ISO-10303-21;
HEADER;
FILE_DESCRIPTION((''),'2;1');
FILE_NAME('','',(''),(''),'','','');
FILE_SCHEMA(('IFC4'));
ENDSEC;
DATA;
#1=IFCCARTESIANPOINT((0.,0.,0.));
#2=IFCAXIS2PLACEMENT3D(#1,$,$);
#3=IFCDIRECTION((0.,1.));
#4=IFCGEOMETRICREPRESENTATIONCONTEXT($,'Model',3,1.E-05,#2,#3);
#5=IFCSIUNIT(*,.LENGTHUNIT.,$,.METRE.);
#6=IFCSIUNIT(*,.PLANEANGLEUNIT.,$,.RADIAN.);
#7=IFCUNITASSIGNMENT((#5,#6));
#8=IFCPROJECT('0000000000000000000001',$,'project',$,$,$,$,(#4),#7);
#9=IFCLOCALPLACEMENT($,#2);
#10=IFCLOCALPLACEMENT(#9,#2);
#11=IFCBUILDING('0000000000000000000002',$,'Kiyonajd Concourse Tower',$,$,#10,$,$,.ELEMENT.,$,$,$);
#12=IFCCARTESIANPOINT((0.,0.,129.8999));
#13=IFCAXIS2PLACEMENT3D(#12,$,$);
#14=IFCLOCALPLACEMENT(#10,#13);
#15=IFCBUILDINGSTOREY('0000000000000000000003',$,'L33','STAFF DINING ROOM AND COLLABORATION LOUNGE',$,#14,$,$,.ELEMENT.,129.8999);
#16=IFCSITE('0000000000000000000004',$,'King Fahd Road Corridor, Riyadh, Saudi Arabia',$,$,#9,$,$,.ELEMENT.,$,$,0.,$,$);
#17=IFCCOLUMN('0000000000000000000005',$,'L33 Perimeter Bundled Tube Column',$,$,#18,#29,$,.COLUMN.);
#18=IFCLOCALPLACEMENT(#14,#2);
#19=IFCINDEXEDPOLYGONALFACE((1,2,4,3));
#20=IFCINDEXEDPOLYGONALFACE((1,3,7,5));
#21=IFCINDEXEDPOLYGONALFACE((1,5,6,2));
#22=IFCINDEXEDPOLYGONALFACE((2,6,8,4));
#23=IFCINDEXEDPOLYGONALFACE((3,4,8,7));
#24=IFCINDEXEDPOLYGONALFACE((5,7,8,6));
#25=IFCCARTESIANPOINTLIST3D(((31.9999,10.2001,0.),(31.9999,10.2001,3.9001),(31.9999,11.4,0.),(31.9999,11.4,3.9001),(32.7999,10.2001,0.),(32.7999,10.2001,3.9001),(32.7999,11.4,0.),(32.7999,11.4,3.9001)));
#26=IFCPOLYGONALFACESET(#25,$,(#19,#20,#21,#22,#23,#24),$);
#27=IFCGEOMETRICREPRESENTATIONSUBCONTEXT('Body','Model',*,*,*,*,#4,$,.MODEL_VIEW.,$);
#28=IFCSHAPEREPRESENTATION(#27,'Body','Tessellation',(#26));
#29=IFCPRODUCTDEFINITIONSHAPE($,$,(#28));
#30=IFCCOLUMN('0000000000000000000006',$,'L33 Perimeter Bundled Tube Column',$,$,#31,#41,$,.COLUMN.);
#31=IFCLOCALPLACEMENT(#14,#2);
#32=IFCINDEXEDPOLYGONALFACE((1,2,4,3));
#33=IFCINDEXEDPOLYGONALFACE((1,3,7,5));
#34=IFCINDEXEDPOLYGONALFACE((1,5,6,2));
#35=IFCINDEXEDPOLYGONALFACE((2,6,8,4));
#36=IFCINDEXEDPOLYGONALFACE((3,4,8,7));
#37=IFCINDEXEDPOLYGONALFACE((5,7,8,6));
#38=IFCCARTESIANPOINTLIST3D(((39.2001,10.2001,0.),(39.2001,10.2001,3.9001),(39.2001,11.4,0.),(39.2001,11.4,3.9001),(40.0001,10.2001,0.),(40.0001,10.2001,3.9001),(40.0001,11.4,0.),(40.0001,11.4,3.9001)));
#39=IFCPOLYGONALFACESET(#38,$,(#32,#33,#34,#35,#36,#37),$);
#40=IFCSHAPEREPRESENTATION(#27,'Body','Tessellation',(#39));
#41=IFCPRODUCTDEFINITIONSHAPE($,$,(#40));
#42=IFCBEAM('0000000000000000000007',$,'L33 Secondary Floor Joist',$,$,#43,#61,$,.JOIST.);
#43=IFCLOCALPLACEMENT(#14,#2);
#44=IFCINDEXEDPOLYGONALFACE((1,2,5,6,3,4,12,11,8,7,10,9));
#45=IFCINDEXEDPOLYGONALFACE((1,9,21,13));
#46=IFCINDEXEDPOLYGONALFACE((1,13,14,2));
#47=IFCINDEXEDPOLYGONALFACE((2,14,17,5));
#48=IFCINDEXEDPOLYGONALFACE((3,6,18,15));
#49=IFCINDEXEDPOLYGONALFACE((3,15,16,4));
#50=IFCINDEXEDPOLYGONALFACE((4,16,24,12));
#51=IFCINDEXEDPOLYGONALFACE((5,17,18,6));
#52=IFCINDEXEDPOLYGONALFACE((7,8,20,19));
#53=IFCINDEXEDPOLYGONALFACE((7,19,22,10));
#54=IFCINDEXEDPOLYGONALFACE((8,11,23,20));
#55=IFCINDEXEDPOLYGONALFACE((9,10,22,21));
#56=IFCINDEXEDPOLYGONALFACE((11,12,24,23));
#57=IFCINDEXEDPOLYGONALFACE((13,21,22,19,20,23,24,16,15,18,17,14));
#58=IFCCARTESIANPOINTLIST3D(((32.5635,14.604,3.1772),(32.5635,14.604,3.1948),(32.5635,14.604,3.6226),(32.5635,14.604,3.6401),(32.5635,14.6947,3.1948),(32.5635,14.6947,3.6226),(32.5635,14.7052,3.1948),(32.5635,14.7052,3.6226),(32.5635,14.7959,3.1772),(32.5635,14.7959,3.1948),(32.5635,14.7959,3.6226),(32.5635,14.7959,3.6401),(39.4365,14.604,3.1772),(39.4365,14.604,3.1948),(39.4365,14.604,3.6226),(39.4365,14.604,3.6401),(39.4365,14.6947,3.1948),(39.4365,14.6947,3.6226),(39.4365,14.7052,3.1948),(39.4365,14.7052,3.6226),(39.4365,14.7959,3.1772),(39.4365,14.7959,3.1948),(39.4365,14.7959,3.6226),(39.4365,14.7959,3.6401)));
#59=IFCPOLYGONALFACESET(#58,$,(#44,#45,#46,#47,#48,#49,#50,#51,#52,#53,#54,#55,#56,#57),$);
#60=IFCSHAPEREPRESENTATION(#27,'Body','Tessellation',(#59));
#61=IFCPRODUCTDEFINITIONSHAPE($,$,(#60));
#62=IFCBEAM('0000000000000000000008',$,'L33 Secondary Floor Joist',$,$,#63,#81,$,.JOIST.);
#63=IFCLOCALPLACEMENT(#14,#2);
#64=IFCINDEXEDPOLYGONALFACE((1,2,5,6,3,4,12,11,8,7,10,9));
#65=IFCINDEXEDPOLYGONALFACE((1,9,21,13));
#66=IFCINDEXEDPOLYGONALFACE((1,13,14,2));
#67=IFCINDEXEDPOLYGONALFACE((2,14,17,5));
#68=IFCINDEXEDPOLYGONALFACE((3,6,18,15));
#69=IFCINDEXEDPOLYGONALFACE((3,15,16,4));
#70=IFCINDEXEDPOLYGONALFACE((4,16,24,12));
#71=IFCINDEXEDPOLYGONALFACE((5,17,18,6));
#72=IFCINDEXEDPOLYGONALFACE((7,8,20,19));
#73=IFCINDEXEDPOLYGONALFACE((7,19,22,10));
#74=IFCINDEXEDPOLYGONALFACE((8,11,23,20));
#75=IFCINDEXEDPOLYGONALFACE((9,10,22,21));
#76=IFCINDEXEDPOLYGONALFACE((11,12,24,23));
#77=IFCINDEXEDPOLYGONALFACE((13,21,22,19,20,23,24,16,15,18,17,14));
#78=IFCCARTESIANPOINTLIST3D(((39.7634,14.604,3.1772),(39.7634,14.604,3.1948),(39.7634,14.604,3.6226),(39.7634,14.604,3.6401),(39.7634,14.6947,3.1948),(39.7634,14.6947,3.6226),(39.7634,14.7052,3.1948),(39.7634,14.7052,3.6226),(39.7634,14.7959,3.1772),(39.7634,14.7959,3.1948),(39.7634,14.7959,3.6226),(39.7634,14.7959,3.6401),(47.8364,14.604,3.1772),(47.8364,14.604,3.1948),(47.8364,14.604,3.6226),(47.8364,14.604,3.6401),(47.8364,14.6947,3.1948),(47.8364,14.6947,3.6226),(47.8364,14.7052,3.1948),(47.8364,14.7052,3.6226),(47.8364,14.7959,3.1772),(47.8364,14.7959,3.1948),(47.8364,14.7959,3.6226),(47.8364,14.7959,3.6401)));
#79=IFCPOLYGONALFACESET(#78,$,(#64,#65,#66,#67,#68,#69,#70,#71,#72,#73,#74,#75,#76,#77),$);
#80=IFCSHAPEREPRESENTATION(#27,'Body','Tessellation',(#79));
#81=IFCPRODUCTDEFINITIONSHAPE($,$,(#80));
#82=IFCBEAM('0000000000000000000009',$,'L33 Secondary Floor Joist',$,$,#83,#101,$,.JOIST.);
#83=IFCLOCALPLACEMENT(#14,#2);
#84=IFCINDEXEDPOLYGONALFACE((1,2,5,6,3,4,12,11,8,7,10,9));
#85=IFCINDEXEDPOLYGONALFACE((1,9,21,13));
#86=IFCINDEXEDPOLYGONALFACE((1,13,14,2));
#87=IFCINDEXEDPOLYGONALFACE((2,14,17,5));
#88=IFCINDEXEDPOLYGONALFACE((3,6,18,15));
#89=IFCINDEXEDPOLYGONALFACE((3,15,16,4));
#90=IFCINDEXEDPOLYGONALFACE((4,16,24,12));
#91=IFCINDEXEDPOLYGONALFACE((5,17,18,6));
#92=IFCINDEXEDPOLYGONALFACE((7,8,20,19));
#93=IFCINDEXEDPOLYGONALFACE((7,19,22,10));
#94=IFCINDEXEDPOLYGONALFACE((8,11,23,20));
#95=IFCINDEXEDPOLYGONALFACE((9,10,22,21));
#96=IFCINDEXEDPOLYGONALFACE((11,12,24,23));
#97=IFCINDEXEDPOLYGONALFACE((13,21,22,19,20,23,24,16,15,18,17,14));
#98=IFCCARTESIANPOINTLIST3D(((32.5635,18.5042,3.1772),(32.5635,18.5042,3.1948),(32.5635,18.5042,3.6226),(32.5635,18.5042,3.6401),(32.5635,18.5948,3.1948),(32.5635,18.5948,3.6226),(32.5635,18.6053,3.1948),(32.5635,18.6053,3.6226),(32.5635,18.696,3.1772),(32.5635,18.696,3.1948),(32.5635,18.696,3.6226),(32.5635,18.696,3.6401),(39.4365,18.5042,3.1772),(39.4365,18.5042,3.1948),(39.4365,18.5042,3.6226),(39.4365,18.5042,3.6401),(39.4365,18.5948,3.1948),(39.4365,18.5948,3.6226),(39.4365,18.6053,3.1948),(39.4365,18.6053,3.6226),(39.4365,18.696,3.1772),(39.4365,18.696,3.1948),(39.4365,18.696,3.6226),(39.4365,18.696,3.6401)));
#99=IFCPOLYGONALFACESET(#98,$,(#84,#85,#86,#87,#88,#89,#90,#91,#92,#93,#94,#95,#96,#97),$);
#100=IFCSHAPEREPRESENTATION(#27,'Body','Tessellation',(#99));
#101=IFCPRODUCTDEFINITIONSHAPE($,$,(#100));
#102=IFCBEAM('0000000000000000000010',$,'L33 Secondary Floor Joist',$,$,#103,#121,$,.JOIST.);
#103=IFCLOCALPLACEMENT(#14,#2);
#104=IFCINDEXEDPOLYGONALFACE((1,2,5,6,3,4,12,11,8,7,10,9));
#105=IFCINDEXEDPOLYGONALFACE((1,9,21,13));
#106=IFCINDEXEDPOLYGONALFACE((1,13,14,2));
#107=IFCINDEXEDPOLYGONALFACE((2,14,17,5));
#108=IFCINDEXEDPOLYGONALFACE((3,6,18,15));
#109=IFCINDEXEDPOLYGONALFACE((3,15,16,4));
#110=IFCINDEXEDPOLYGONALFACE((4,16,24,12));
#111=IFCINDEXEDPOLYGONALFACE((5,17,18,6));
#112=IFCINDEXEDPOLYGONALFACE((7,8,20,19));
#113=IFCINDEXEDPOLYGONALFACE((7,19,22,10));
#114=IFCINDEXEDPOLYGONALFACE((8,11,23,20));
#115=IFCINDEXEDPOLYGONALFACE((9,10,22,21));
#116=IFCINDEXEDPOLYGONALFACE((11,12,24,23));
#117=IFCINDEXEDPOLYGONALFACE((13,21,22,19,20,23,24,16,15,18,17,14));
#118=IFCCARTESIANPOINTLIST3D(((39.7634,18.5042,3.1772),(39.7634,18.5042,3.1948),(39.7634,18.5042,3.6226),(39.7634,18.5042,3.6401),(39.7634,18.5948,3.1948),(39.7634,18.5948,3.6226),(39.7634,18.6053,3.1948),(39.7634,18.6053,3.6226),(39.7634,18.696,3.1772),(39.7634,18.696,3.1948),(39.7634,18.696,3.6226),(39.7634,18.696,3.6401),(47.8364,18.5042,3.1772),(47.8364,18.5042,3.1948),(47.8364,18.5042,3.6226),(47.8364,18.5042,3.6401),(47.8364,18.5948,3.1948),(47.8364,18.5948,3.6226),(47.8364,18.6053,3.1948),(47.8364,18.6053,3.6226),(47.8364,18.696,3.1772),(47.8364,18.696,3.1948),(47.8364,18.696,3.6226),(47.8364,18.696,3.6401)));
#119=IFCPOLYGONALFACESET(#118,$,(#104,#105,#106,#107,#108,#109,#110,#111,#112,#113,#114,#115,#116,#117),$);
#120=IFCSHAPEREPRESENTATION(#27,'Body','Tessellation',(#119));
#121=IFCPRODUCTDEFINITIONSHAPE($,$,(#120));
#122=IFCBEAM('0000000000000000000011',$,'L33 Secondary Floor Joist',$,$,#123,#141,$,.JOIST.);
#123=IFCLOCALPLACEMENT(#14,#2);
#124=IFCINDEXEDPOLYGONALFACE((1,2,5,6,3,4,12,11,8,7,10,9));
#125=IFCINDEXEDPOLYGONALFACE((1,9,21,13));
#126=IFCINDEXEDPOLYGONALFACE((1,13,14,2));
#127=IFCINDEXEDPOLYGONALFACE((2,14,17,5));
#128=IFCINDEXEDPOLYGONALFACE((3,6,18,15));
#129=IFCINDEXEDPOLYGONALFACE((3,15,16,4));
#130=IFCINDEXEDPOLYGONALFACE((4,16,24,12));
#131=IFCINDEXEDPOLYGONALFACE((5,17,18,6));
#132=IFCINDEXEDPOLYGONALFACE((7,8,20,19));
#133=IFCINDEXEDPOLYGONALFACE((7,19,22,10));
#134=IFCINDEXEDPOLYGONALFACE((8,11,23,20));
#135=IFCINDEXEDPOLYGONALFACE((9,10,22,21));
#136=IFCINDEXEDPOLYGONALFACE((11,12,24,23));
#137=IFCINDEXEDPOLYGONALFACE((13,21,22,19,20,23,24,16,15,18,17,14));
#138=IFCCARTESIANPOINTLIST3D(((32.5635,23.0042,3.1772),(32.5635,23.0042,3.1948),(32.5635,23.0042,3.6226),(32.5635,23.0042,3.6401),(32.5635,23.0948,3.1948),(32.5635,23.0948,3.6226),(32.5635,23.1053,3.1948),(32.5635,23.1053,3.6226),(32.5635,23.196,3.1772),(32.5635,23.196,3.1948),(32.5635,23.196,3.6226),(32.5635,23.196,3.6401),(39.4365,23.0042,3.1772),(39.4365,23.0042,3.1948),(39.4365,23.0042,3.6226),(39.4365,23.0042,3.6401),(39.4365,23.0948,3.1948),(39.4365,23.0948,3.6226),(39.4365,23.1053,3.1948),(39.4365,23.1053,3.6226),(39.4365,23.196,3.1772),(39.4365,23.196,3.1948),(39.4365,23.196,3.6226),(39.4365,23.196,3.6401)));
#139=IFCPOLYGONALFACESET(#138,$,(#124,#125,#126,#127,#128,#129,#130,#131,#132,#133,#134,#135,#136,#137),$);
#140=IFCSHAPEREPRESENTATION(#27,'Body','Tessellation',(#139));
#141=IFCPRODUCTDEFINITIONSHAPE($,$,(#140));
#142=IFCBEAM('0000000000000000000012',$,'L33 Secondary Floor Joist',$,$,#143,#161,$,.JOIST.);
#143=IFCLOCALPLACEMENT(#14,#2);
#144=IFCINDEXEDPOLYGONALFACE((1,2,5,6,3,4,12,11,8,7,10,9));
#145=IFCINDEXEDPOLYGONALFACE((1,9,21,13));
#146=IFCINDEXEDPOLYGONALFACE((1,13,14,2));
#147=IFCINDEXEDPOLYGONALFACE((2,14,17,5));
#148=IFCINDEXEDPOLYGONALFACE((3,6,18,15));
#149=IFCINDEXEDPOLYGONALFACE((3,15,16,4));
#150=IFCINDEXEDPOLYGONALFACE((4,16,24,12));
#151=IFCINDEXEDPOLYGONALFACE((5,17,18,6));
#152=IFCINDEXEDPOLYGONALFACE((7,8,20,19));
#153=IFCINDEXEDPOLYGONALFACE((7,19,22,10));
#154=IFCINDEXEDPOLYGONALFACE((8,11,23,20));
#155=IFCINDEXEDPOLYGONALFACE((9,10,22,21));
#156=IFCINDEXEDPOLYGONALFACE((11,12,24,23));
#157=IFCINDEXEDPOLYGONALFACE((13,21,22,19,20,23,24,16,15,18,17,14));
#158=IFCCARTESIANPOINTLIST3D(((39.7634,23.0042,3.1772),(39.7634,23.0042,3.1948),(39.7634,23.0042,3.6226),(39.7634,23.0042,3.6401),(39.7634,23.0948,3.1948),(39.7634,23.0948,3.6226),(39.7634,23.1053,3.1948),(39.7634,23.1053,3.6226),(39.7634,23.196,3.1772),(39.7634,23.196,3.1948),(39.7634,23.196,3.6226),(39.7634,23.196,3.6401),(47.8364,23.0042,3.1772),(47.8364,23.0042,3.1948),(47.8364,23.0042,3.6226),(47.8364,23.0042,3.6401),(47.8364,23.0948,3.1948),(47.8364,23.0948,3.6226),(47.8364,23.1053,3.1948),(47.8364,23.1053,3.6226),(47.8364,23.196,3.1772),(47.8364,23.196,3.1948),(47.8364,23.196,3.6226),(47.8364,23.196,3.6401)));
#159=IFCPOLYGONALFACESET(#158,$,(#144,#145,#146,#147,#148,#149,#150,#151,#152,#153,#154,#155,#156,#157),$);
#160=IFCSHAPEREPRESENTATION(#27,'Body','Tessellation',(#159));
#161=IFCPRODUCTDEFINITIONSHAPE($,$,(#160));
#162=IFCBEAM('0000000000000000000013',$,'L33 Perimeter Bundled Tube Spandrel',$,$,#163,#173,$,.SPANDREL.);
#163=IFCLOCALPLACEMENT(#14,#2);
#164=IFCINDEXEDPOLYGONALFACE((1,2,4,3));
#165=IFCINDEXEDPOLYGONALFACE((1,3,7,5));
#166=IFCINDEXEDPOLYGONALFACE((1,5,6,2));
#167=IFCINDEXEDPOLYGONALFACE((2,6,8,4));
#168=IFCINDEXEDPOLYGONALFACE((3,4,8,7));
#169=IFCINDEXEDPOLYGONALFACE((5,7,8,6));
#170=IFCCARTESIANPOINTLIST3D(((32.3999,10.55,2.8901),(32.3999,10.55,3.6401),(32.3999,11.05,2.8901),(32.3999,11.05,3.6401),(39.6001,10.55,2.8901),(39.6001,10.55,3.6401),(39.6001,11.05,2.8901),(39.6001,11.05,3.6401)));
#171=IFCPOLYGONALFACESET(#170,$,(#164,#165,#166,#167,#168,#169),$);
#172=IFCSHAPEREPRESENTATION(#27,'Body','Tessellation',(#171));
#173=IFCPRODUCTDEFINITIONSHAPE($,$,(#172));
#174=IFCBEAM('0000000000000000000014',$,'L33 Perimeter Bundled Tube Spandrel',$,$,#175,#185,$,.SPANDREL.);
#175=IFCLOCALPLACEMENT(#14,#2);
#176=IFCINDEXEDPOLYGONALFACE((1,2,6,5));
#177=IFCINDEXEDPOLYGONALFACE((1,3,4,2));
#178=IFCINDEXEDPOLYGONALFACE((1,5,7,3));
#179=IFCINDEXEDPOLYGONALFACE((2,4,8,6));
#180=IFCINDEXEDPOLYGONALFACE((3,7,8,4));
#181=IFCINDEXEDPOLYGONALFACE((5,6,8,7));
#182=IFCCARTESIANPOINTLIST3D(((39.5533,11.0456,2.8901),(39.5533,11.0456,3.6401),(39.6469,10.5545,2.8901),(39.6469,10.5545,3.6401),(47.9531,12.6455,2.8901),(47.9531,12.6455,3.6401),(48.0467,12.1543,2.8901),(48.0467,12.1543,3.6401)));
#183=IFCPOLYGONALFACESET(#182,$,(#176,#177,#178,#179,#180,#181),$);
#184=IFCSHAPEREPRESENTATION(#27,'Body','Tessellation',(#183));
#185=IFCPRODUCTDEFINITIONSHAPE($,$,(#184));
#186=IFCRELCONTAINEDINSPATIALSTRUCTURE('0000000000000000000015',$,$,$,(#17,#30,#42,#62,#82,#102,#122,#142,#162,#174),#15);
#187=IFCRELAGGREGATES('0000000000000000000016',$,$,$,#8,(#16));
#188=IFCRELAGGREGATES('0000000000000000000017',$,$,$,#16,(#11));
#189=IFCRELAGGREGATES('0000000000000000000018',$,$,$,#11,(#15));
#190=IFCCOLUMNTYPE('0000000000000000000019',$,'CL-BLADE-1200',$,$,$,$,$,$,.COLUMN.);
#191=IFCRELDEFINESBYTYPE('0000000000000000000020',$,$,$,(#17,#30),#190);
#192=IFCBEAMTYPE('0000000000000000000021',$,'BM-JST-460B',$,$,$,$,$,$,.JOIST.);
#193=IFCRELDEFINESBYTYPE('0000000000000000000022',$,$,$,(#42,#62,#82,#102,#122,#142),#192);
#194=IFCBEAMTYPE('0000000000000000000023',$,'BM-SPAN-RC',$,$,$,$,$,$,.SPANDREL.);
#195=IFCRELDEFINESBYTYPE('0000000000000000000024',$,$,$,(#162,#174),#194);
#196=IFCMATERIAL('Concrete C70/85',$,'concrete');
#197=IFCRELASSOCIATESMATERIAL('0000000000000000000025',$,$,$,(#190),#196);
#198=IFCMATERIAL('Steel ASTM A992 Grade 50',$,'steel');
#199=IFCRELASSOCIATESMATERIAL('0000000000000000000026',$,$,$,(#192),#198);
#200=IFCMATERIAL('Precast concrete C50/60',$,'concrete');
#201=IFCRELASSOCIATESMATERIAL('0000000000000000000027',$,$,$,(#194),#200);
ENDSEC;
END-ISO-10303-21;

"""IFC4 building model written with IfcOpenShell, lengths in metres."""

from ifc_helpers import new_model, si_unit, direction, frame, origin, origin_2d, place, context, subcontext, project, spatial, rectangle, i_section, extrude, material, material_profile, profile_set, type_object, element, save


model = new_model("IFC4")

# Units and contexts
model_context = context("Model", 3, precision=1e-05, world=origin(), true_north=direction((0.0, 1.0)))
body_context = subcontext(model_context, "Body", "Model", "MODEL_VIEW")
ifc_project = project(units=[si_unit("LENGTHUNIT", "METRE"), si_unit("PLANEANGLEUNIT", "RADIAN")], contexts=[model_context])

# Site, building, storey
site_placement = place(None, origin())
site = spatial("IfcSite", under=ifc_project, at=site_placement, Name="King Fahd Road Corridor, Riyadh, Saudi Arabia", CompositionType="ELEMENT", RefElevation=0.0)
building_placement = place(site_placement, origin())
building = spatial("IfcBuilding", under=site, at=building_placement, Name="Kiyonajd Concourse Tower", CompositionType="ELEMENT")
storey_placement = place(building_placement, frame((0.0, 0.0, 129.8999)))
storey = spatial("IfcBuildingStorey", under=building, at=storey_placement, Name="L33", Description="STAFF DINING ROOM AND COLLABORATION LOUNGE", CompositionType="ELEMENT", Elevation=129.8999)

# Columns
ifc_material_1 = material(Name="Concrete C70/85", Category="concrete")
ifc_material_profile_1 = material_profile(ifc_material_1, rectangle(XDim=0.8, YDim=1.2, at=origin_2d()), Name="RC-1200x800")
ifc_profile_set_1 = profile_set([ifc_material_profile_1], Name="Concrete C70/85")
column_type = type_object("IfcColumnType", Name="CL-BLADE-1200", PredefinedType="COLUMN", material=ifc_profile_set_1)
for number, where, z_axis, x_axis, name in (
    (1, (32.3999, 10.8, 0.0), (0.0, 0.0, 1.0), (1.0, 0.0, 0.0), "L33 Perimeter Bundled Tube Column"),
    (2, (39.6001, 10.8, 0.0), (0.0, 0.0, 1.0), (1.0, 0.0, 0.0), "L33 Perimeter Bundled Tube Column"),
):
    element("IfcColumn", number, at=place(storey_placement, frame(where, z_axis=z_axis, x_axis=x_axis)), inside=storey, type_object=column_type, Name=name, PredefinedType="COLUMN", context=body_context, shape_type="SweptSolid", body=[
        extrude(rectangle(XDim=0.8, YDim=1.2, at=origin_2d()), origin(), (0.0, 0.0, 1.0), 3.9001),
    ])

# Beams
ifc_material_2 = material(Name="Steel ASTM A992 Grade 50", Category="steel")
ifc_material_profile_2 = material_profile(ifc_material_2, i_section(OverallWidth=0.1919, OverallDepth=0.4629, WebThickness=0.0105, FlangeThickness=0.0176, at=origin_2d()), Name="W460X89")
ifc_profile_set_2 = profile_set([ifc_material_profile_2], Name="Steel ASTM A992 Grade 50")
beam_type_1 = type_object("IfcBeamType", Name="BM-JST-460B", PredefinedType="JOIST", material=ifc_profile_set_2)
beam_1_placement = place(storey_placement, frame((32.5635, 14.7, 3.4087), z_axis=(1.0, 0.0, 0.0), x_axis=(0.0, 1.0, 0.0)))
element("IfcBeam", 3, at=beam_1_placement, inside=storey, type_object=beam_type_1, Name="L33 Secondary Floor Joist", PredefinedType="JOIST", context=body_context, shape_type="SweptSolid", body=[
    extrude(i_section(OverallWidth=0.1919, OverallDepth=0.4629, WebThickness=0.0105, FlangeThickness=0.0176, at=origin_2d()), origin(), (0.0, 0.0, 1.0), 6.873),
])
beam_2_placement = place(storey_placement, frame((39.7634, 14.7, 3.4087), z_axis=(1.0, 0.0, 0.0), x_axis=(0.0, 1.0, 0.0)))
element("IfcBeam", 4, at=beam_2_placement, inside=storey, type_object=beam_type_1, Name="L33 Secondary Floor Joist", PredefinedType="JOIST", context=body_context, shape_type="SweptSolid", body=[
    extrude(i_section(OverallWidth=0.1919, OverallDepth=0.4629, WebThickness=0.0105, FlangeThickness=0.0176, at=origin_2d()), origin(), (0.0, 0.0, 1.0), 8.073),
])
beam_3_placement = place(storey_placement, frame((32.5635, 18.6001, 3.4087), z_axis=(1.0, 0.0, 0.0), x_axis=(0.0, 1.0, 0.0)))
element("IfcBeam", 5, at=beam_3_placement, inside=storey, type_object=beam_type_1, Name="L33 Secondary Floor Joist", PredefinedType="JOIST", context=body_context, shape_type="SweptSolid", body=[
    extrude(i_section(OverallWidth=0.1919, OverallDepth=0.4629, WebThickness=0.0105, FlangeThickness=0.0176, at=origin_2d()), origin(), (0.0, 0.0, 1.0), 6.873),
])
beam_4_placement = place(storey_placement, frame((39.7634, 18.6001, 3.4087), z_axis=(1.0, 0.0, 0.0), x_axis=(0.0, 1.0, 0.0)))
element("IfcBeam", 6, at=beam_4_placement, inside=storey, type_object=beam_type_1, Name="L33 Secondary Floor Joist", PredefinedType="JOIST", context=body_context, shape_type="SweptSolid", body=[
    extrude(i_section(OverallWidth=0.1919, OverallDepth=0.4629, WebThickness=0.0105, FlangeThickness=0.0176, at=origin_2d()), origin(), (0.0, 0.0, 1.0), 8.073),
])
beam_5_placement = place(storey_placement, frame((32.5635, 23.1001, 3.4087), z_axis=(1.0, 0.0, 0.0), x_axis=(0.0, 1.0, 0.0)))
element("IfcBeam", 7, at=beam_5_placement, inside=storey, type_object=beam_type_1, Name="L33 Secondary Floor Joist", PredefinedType="JOIST", context=body_context, shape_type="SweptSolid", body=[
    extrude(i_section(OverallWidth=0.1919, OverallDepth=0.4629, WebThickness=0.0105, FlangeThickness=0.0176, at=origin_2d()), origin(), (0.0, 0.0, 1.0), 6.873),
])
beam_6_placement = place(storey_placement, frame((39.7634, 23.1001, 3.4087), z_axis=(1.0, 0.0, 0.0), x_axis=(0.0, 1.0, 0.0)))
element("IfcBeam", 8, at=beam_6_placement, inside=storey, type_object=beam_type_1, Name="L33 Secondary Floor Joist", PredefinedType="JOIST", context=body_context, shape_type="SweptSolid", body=[
    extrude(i_section(OverallWidth=0.1919, OverallDepth=0.4629, WebThickness=0.0105, FlangeThickness=0.0176, at=origin_2d()), origin(), (0.0, 0.0, 1.0), 8.073),
])
ifc_material_3 = material(Name="Precast concrete C50/60", Category="concrete")
ifc_material_profile_3 = material_profile(ifc_material_3, rectangle(XDim=0.5, YDim=0.75, at=origin_2d()), Name="RCBM-500x750")
ifc_profile_set_3 = profile_set([ifc_material_profile_3], Name="Precast concrete C50/60")
beam_type_2 = type_object("IfcBeamType", Name="BM-SPAN-RC", PredefinedType="SPANDREL", material=ifc_profile_set_3)
beam_7_placement = place(storey_placement, frame((32.3999, 10.8, 3.2651), z_axis=(1.0, 0.0, 0.0), x_axis=(0.0, 1.0, 0.0)))
element("IfcBeam", 9, at=beam_7_placement, inside=storey, type_object=beam_type_2, Name="L33 Perimeter Bundled Tube Spandrel", PredefinedType="SPANDREL", context=body_context, shape_type="SweptSolid", body=[
    extrude(rectangle(XDim=0.5, YDim=0.75, at=origin_2d()), origin(), (0.0, 0.0, 1.0), 7.2002),
])
beam_8_placement = place(storey_placement, frame((39.6001, 10.8, 3.2651), z_axis=(0.982341, 0.187098, 0.0), x_axis=(-0.187098, 0.982341, 0.0)))
element("IfcBeam", 10, at=beam_8_placement, inside=storey, type_object=beam_type_2, Name="L33 Perimeter Bundled Tube Spandrel", PredefinedType="SPANDREL", context=body_context, shape_type="SweptSolid", body=[
    extrude(rectangle(XDim=0.5, YDim=0.75, at=origin_2d()), origin(), (0.0, 0.0, 1.0), 8.5508),
])

save(model, "model.ifc")
